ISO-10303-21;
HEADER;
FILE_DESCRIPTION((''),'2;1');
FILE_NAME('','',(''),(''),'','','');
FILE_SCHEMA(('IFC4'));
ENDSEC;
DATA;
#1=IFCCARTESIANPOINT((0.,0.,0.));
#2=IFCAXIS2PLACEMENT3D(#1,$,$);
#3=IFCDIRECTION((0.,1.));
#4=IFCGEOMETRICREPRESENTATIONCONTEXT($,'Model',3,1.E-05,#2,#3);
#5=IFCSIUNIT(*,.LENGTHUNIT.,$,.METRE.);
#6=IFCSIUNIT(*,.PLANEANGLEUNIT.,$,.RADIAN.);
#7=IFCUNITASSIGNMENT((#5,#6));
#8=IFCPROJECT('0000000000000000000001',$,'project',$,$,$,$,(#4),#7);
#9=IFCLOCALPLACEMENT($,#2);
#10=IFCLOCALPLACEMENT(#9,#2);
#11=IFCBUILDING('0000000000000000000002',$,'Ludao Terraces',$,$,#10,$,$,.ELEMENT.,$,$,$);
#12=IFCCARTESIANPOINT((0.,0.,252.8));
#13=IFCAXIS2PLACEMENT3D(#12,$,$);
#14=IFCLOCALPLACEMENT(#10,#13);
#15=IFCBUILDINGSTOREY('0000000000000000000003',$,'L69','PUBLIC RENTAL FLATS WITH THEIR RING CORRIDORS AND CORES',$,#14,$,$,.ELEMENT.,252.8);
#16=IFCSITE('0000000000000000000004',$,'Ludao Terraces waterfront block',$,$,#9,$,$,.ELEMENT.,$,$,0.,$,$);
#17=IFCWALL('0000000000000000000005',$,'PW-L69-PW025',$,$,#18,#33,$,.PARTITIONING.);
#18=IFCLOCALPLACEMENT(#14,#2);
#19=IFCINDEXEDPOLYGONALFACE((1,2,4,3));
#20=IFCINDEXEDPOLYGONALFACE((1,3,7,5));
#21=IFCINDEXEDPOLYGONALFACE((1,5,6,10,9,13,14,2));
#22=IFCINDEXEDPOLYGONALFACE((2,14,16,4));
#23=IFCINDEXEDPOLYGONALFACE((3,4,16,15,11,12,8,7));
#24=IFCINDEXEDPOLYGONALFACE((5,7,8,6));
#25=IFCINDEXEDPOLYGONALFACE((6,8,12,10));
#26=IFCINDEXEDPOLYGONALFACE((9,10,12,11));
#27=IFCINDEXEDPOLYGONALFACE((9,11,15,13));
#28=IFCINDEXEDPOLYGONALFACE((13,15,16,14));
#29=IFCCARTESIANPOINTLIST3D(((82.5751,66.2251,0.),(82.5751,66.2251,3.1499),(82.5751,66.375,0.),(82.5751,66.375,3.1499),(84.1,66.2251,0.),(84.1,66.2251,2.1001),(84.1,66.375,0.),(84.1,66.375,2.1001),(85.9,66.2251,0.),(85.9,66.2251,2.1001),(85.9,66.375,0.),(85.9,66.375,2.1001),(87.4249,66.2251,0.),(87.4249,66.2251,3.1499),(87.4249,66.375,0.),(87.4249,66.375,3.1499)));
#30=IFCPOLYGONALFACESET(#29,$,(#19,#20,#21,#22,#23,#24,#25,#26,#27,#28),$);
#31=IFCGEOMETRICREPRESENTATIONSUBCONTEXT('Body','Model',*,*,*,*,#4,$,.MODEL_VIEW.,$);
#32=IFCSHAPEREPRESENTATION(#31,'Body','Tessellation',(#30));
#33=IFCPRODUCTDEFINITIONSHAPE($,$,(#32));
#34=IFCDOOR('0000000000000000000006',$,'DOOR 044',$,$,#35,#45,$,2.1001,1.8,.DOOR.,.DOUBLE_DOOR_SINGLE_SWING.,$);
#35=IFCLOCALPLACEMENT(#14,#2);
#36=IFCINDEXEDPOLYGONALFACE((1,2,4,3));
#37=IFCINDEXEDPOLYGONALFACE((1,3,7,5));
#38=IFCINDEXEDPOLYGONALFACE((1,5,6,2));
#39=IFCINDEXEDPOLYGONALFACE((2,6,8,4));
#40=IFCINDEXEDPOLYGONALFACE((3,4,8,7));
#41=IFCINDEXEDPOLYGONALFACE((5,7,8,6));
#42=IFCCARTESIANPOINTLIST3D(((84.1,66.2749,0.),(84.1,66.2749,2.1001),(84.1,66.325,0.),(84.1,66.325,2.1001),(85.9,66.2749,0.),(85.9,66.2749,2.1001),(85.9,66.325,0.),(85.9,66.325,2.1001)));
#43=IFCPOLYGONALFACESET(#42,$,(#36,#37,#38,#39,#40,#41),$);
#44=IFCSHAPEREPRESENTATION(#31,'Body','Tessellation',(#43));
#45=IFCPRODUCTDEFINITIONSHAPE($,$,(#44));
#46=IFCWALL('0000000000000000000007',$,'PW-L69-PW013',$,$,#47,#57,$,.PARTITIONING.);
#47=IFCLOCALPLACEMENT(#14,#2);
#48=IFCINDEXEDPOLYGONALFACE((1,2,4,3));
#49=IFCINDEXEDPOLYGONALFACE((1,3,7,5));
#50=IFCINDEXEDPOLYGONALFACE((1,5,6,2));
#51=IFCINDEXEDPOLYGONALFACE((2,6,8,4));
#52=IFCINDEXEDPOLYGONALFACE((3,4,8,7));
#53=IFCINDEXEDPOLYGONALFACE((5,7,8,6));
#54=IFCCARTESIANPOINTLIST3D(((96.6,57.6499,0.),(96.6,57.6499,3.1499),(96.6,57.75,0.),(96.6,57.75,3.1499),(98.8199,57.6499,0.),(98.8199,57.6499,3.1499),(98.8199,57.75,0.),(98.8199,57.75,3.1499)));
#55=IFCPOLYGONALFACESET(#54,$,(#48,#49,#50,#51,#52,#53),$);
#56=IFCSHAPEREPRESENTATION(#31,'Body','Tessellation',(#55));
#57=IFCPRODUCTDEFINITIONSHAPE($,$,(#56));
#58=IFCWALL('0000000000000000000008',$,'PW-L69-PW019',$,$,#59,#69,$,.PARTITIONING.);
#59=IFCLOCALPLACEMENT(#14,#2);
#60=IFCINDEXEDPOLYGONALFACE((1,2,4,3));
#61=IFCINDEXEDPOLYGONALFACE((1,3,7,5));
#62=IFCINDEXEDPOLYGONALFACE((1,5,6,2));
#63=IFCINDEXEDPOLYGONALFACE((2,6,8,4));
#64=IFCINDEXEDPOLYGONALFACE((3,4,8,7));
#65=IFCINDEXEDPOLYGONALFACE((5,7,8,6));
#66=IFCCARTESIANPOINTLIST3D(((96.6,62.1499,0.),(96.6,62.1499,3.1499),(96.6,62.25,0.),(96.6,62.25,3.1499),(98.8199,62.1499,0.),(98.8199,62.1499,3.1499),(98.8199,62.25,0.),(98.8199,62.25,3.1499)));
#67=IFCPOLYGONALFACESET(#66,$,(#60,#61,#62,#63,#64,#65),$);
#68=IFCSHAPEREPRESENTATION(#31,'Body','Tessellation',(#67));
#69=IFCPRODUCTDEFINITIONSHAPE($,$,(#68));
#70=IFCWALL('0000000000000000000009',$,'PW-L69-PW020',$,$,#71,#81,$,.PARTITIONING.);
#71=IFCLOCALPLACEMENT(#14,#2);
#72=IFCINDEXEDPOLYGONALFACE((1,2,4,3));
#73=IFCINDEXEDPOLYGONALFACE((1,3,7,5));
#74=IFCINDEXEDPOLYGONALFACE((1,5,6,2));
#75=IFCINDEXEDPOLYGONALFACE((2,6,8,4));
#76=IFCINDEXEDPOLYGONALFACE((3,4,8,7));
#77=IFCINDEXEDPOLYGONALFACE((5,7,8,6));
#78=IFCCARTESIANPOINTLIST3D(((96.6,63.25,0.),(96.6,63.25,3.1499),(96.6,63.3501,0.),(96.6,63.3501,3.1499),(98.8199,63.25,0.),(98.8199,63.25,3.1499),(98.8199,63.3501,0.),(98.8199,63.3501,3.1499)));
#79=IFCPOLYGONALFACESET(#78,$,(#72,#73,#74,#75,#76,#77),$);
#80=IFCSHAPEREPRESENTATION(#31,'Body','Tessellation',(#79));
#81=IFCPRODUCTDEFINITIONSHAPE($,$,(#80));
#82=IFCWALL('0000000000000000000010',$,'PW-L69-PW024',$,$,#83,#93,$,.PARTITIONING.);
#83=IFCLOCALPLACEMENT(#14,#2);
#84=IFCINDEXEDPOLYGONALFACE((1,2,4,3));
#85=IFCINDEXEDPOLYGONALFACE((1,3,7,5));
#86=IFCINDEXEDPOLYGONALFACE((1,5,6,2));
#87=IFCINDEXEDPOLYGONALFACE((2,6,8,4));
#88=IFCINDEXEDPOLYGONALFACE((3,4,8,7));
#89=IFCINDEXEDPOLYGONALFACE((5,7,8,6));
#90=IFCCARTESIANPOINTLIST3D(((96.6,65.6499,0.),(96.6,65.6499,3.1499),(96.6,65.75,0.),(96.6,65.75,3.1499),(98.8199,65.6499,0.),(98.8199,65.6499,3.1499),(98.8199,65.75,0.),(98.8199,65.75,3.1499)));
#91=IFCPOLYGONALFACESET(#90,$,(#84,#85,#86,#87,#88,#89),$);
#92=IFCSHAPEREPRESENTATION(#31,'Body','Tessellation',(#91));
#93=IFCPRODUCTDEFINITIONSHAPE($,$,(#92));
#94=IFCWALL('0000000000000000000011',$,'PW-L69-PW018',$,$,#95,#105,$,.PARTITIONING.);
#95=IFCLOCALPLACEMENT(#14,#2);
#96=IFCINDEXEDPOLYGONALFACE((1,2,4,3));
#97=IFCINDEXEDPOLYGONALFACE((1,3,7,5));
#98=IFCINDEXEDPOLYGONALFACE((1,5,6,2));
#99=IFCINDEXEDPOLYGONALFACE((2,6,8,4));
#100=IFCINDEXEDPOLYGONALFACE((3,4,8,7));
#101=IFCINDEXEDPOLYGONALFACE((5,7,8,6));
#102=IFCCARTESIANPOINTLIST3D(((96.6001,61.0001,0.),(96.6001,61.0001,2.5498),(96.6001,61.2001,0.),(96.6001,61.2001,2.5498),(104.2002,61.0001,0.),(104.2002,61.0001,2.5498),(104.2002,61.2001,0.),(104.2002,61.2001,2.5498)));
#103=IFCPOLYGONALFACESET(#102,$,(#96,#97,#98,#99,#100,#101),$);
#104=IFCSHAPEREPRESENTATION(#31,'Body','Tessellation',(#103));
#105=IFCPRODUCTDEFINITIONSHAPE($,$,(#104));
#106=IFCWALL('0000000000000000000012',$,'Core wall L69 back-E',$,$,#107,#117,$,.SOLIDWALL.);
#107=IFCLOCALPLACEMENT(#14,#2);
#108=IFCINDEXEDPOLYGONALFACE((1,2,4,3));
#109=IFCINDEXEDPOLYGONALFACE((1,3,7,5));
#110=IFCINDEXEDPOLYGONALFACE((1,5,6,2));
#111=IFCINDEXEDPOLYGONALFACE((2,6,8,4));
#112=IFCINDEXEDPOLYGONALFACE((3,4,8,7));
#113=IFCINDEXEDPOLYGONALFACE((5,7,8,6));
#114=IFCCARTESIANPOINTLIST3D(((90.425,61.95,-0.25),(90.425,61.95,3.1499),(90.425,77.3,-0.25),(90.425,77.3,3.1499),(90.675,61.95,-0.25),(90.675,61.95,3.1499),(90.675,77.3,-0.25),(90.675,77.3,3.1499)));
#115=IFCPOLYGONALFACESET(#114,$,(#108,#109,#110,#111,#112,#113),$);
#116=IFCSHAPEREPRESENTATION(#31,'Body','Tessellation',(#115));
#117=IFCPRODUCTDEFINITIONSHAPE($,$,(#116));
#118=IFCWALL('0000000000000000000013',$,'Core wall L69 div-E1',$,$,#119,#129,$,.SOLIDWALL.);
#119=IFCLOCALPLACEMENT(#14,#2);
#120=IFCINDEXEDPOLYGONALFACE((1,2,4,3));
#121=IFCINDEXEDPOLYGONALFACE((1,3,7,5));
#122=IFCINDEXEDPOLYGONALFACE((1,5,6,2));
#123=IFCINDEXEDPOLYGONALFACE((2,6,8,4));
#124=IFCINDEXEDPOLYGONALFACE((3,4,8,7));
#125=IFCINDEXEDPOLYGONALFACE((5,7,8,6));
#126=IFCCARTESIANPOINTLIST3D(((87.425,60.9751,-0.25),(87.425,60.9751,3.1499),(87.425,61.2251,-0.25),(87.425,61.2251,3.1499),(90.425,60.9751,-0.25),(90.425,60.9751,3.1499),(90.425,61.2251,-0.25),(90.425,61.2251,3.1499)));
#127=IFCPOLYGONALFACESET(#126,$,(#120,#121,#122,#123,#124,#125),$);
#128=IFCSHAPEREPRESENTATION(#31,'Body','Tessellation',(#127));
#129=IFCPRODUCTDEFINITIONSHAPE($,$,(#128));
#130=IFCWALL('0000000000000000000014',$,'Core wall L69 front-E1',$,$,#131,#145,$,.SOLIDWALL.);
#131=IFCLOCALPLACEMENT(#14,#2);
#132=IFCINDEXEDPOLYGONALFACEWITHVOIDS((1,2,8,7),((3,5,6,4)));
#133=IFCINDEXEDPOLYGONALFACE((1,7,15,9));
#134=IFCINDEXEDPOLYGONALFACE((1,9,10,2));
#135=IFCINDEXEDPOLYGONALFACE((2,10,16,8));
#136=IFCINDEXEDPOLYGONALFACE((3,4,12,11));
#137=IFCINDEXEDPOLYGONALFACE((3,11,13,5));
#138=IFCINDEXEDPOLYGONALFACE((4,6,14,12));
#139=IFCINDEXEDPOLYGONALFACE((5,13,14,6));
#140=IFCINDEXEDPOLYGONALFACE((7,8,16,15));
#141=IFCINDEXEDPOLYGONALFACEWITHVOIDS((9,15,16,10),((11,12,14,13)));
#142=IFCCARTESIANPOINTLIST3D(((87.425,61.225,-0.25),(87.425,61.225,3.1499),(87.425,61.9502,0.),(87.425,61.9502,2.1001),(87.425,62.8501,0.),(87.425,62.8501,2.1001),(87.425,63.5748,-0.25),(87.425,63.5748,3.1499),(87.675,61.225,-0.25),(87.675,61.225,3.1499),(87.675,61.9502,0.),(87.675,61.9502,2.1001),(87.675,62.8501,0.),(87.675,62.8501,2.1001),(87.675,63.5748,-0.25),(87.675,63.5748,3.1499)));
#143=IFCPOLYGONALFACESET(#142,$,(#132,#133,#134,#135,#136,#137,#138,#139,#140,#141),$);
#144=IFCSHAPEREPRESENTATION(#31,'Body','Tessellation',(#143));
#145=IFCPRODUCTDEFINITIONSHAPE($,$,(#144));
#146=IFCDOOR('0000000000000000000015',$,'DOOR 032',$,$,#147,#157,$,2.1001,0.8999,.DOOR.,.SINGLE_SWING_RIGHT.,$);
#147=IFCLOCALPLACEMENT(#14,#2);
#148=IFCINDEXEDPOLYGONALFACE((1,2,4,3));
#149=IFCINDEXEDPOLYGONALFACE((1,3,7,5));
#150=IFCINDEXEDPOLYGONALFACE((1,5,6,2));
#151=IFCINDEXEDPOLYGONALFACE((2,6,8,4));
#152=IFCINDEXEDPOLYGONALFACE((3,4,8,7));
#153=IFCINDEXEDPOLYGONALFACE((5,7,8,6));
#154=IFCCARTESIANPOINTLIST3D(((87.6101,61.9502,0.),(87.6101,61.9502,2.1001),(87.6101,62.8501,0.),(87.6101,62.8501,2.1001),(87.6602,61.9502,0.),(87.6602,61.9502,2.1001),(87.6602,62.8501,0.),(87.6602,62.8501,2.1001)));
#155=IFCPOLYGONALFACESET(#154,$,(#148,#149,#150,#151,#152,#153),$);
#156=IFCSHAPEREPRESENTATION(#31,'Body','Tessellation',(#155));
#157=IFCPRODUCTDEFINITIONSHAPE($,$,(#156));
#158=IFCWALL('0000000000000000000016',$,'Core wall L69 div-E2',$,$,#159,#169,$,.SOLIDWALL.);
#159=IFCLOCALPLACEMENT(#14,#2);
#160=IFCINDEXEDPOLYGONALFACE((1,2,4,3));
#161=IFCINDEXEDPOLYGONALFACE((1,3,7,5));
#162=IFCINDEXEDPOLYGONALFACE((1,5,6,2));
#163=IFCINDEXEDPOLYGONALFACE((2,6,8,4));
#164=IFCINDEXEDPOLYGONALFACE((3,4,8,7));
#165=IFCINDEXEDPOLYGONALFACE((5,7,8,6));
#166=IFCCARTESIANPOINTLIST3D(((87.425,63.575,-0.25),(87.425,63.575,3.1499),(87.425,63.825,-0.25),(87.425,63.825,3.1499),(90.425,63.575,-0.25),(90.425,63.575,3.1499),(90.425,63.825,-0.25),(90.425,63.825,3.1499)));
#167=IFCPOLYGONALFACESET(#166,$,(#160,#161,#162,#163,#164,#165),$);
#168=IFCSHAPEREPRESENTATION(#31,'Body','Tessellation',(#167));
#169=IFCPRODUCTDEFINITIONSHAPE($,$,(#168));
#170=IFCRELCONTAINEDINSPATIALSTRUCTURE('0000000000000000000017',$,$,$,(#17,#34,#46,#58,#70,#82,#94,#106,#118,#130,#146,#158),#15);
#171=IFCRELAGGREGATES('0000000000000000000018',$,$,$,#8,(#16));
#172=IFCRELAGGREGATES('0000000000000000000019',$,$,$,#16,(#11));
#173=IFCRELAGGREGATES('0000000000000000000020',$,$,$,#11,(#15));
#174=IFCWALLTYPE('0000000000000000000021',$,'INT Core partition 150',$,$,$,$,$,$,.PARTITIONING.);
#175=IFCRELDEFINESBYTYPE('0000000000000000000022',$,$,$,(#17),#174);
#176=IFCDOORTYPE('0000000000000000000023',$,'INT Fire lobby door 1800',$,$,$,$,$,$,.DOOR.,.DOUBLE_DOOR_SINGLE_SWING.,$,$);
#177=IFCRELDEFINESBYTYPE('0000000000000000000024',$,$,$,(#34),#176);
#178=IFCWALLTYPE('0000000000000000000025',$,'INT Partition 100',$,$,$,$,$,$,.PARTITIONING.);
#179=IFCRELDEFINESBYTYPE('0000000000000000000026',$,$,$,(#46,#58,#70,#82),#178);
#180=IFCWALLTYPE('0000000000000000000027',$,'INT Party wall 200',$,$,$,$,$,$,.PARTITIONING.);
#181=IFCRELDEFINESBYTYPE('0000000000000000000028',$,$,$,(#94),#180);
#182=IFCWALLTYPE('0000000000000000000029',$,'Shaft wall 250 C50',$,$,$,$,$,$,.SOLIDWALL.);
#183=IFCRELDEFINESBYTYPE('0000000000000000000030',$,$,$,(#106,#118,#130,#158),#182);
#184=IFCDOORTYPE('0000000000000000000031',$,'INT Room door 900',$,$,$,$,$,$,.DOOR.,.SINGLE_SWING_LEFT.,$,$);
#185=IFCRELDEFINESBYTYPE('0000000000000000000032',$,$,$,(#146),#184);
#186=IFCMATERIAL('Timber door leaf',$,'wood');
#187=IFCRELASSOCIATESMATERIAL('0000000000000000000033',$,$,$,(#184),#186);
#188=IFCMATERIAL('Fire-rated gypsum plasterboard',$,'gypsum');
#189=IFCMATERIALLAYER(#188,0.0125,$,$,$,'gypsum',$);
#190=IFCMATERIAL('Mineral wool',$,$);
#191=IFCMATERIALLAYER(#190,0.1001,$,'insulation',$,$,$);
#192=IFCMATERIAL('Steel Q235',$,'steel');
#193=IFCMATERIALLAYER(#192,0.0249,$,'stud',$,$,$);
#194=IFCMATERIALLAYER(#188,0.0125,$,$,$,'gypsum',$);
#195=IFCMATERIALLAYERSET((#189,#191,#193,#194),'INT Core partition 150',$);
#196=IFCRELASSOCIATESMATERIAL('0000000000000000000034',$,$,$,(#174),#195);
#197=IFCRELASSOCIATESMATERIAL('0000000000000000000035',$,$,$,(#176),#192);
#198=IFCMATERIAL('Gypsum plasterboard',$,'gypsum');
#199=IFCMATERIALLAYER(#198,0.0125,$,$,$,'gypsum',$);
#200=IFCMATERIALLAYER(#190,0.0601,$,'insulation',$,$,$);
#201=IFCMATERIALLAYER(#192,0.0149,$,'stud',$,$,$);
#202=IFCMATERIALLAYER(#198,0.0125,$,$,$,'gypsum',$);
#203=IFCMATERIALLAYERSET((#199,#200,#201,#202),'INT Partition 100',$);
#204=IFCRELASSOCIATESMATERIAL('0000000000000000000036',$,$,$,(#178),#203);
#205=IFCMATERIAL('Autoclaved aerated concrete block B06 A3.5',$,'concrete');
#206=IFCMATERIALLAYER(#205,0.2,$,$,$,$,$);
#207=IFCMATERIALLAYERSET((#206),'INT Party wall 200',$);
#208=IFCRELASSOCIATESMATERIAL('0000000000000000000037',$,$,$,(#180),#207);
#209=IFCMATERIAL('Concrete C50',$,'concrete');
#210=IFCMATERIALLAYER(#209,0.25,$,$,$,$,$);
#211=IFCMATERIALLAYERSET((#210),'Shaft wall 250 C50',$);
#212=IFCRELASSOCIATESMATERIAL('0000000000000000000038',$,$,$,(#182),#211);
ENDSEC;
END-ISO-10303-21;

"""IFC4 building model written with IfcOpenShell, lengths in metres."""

from ifc_helpers import new_model, si_unit, direction, frame, frame_2d, origin, place, context, subcontext, project, spatial, rectangle, extrude, material, layer, layer_set, type_object, element, fill, save


model = new_model("IFC4")

# Units and contexts
model_context = context("Model", 3, precision=1e-05, world=origin(), true_north=direction((0.0, 1.0)))
body_context = subcontext(model_context, "Body", "Model", "MODEL_VIEW")
ifc_project = project(units=[si_unit("LENGTHUNIT", "METRE"), si_unit("PLANEANGLEUNIT", "RADIAN")], contexts=[model_context])

# Site, building, storey
site_placement = place(None, origin())
site = spatial("IfcSite", under=ifc_project, at=site_placement, Name="Ludao Terraces waterfront block", CompositionType="ELEMENT", RefElevation=0.0)
building_placement = place(site_placement, origin())
building = spatial("IfcBuilding", under=site, at=building_placement, Name="Ludao Terraces", CompositionType="ELEMENT")
storey_placement = place(building_placement, frame((0.0, 0.0, 252.8)))
storey = spatial("IfcBuildingStorey", under=building, at=storey_placement, Name="L69", Description="PUBLIC RENTAL FLATS WITH THEIR RING CORRIDORS AND CORES", CompositionType="ELEMENT", Elevation=252.8)

# Shared definitions
ifc_material_1 = material(Name="Concrete C50", Category="concrete")
ifc_material_2 = material(Name="Steel Q235", Category="steel")
ifc_material_3 = material(Name="Timber door leaf", Category="wood")
door_type_1 = type_object("IfcDoorType", Name="INT Room door 900", OperationType="SINGLE_SWING_LEFT", PredefinedType="DOOR", material=ifc_material_3)

# Wall, opening, door
ifc_material_4 = material(Name="Fire-rated gypsum plasterboard", Category="gypsum")
ifc_layer_1 = layer(ifc_material_4, 0.0125, Category="gypsum")
ifc_material_5 = material(Name="Mineral wool")
ifc_layer_2 = layer(ifc_material_5, 0.1001, Name="insulation")
ifc_layer_3 = layer(ifc_material_2, 0.0249, Name="stud")
ifc_layer_4 = layer(ifc_material_4, 0.0125, Category="gypsum")
ifc_layer_set_1 = layer_set([ifc_layer_1, ifc_layer_2, ifc_layer_3, ifc_layer_4], Name="INT Core partition 150")
wall_type_1 = type_object("IfcWallType", Name="INT Core partition 150", PredefinedType="PARTITIONING", material=ifc_layer_set_1)
door_type_2 = type_object("IfcDoorType", Name="INT Fire lobby door 1800", OperationType="DOUBLE_DOOR_SINGLE_SWING", PredefinedType="DOOR", material=ifc_material_2)
wall_1_placement = place(storey_placement, frame((82.5752, 66.3, 0.0), z_axis=(0.0, 0.0, 1.0), x_axis=(1.0, 0.0, 0.0)))
wall_1 = element("IfcWall", 1, at=wall_1_placement, inside=storey, type_object=wall_type_1, Name="PW-L69-PW025", PredefinedType="PARTITIONING", context=body_context, shape_type="SweptSolid", body=[
    extrude(rectangle(XDim=4.8499, YDim=0.1499, at=frame_2d((2.4248, 0.0))), origin(), (0.0, 0.0, 1.0), 3.1499),
])
opening_1_placement = place(wall_1_placement, frame((1.5249, 0.0, 0.0)))
opening_1 = element("IfcOpeningElement", 2, at=opening_1_placement, cuts=wall_1, PredefinedType="OPENING", context=body_context, shape_type="SweptSolid", body=[
    extrude(rectangle(XDim=1.8, YDim=2.1001, at=frame_2d((0.8999, 1.05))), frame((0.0, 0.085, 0.0), z_axis=(0.0, -1.0, 0.0), x_axis=(1.0, 0.0, 0.0)), (0.0, 0.0, 1.0), 0.1699),
])
door_1_placement = place(opening_1_placement, origin())
door_1 = element("IfcDoor", 3, at=door_1_placement, inside=storey, type_object=door_type_2, Name="DOOR 044", OperationType="DOUBLE_DOOR_SINGLE_SWING", OverallHeight=2.1001, OverallWidth=1.8, PredefinedType="DOOR", context=body_context, shape_type="SweptSolid", body=[
    extrude(rectangle(XDim=1.8, YDim=2.1001, at=frame_2d((0.8999, 1.05))), frame((0.0, 0.0249, 0.0), z_axis=(0.0, -1.0, 0.0), x_axis=(1.0, 0.0, 0.0)), (0.0, 0.0, 1.0), 0.05),
])
fill(opening_1, door_1)

# Walls
ifc_material_6 = material(Name="Gypsum plasterboard", Category="gypsum")
ifc_layer_5 = layer(ifc_material_6, 0.0125, Category="gypsum")
ifc_layer_6 = layer(ifc_material_5, 0.0601, Name="insulation")
ifc_layer_7 = layer(ifc_material_2, 0.0149, Name="stud")
ifc_layer_8 = layer(ifc_material_6, 0.0125, Category="gypsum")
ifc_layer_set_2 = layer_set([ifc_layer_5, ifc_layer_6, ifc_layer_7, ifc_layer_8], Name="INT Partition 100")
wall_type_2 = type_object("IfcWallType", Name="INT Partition 100", PredefinedType="PARTITIONING", material=ifc_layer_set_2)
for number, where, z_axis, x_axis, name in (
    (4, (96.6001, 57.7, 0.0), (0.0, 0.0, 1.0), (1.0, 0.0, 0.0), "PW-L69-PW013"),
    (5, (96.6001, 62.2, 0.0), (0.0, 0.0, 1.0), (1.0, 0.0, 0.0), "PW-L69-PW019"),
    (6, (96.6001, 63.3, 0.0), (0.0, 0.0, 1.0), (1.0, 0.0, 0.0), "PW-L69-PW020"),
    (7, (96.6001, 65.7, 0.0), (0.0, 0.0, 1.0), (1.0, 0.0, 0.0), "PW-L69-PW024"),
):
    element("IfcWall", number, at=place(storey_placement, frame(where, z_axis=z_axis, x_axis=x_axis)), inside=storey, type_object=wall_type_2, Name=name, PredefinedType="PARTITIONING", context=body_context, shape_type="SweptSolid", body=[
        extrude(rectangle(XDim=2.22, YDim=0.1001, at=frame_2d((1.1099, 0.0))), origin(), (0.0, 0.0, 1.0), 3.1499),
    ])
ifc_material_7 = material(Name="Autoclaved aerated concrete block B06 A3.5", Category="concrete")
ifc_layer_9 = layer(ifc_material_7, 0.2)
ifc_layer_set_3 = layer_set([ifc_layer_9], Name="INT Party wall 200")
wall_type_3 = type_object("IfcWallType", Name="INT Party wall 200", PredefinedType="PARTITIONING", material=ifc_layer_set_3)
wall_2_placement = place(storey_placement, frame((96.6001, 61.1001, 0.0), z_axis=(0.0, 0.0, 1.0), x_axis=(1.0, 0.0, 0.0)))
element("IfcWall", 8, at=wall_2_placement, inside=storey, type_object=wall_type_3, Name="PW-L69-PW018", PredefinedType="PARTITIONING", context=body_context, shape_type="SweptSolid", body=[
    extrude(rectangle(XDim=7.6001, YDim=0.2, at=frame_2d((3.8, 0.0))), origin(), (0.0, 0.0, 1.0), 2.5498),
])
ifc_layer_10 = layer(ifc_material_1, 0.25)
ifc_layer_set_4 = layer_set([ifc_layer_10], Name="Shaft wall 250 C50")
wall_type_4 = type_object("IfcWallType", Name="Shaft wall 250 C50", PredefinedType="SOLIDWALL", material=ifc_layer_set_4)
wall_3_placement = place(storey_placement, frame((90.55, 61.95, -0.25), z_axis=(0.0, 0.0, 1.0), x_axis=(0.0, 1.0, 0.0)))
element("IfcWall", 9, at=wall_3_placement, inside=storey, type_object=wall_type_4, Name="Core wall L69 back-E", PredefinedType="SOLIDWALL", context=body_context, shape_type="SweptSolid", body=[
    extrude(rectangle(XDim=15.3501, YDim=0.25, at=frame_2d((7.675, 0.0))), origin(), (0.0, 0.0, 1.0), 3.3999),
])
wall_4_placement = place(storey_placement, frame((87.425, 61.1001, -0.25), z_axis=(0.0, 0.0, 1.0), x_axis=(1.0, 0.0, 0.0)))
element("IfcWall", 10, at=wall_4_placement, inside=storey, type_object=wall_type_4, Name="Core wall L69 div-E1", PredefinedType="SOLIDWALL", context=body_context, shape_type="SweptSolid", body=[
    extrude(rectangle(XDim=3.0, YDim=0.25, at=frame_2d((1.5, 0.0))), origin(), (0.0, 0.0, 1.0), 3.3999),
])

# Wall, opening, door
wall_5_placement = place(storey_placement, frame((87.55, 61.2251, -0.25), z_axis=(0.0, 0.0, 1.0), x_axis=(0.0, 1.0, 0.0)))
wall_5 = element("IfcWall", 11, at=wall_5_placement, inside=storey, type_object=wall_type_4, Name="Core wall L69 front-E1", PredefinedType="SOLIDWALL", context=body_context, shape_type="SweptSolid", body=[
    extrude(rectangle(XDim=2.3499, YDim=0.25, at=frame_2d((1.1748, 0.0))), origin(), (0.0, 0.0, 1.0), 3.3999),
])
opening_2_placement = place(wall_5_placement, frame((0.7251, 0.0, 0.25)))
opening_2 = element("IfcOpeningElement", 12, at=opening_2_placement, cuts=wall_5, PredefinedType="OPENING", context=body_context, shape_type="SweptSolid", body=[
    extrude(rectangle(XDim=0.8999, YDim=2.1001, at=frame_2d((0.45, 1.05))), frame((0.0, 0.135, 0.0), z_axis=(0.0, -1.0, 0.0), x_axis=(1.0, 0.0, 0.0)), (0.0, 0.0, 1.0), 0.27),
])
door_2_placement = place(opening_2_placement, origin())
door_2 = element("IfcDoor", 13, at=door_2_placement, inside=storey, type_object=door_type_1, Name="DOOR 032", OperationType="SINGLE_SWING_RIGHT", OverallHeight=2.1001, OverallWidth=0.8999, PredefinedType="DOOR", context=body_context, shape_type="SweptSolid", body=[
    extrude(rectangle(XDim=0.8999, YDim=2.1001, at=frame_2d((0.45, 1.05))), frame((0.0, -0.0601, 0.0), z_axis=(0.0, -1.0, 0.0), x_axis=(1.0, 0.0, 0.0)), (0.0, 0.0, 1.0), 0.05),
])
fill(opening_2, door_2)

# Wall
wall_6_placement = place(storey_placement, frame((87.425, 63.7, -0.25), z_axis=(0.0, 0.0, 1.0), x_axis=(1.0, 0.0, 0.0)))
element("IfcWall", 14, at=wall_6_placement, inside=storey, type_object=wall_type_4, Name="Core wall L69 div-E2", PredefinedType="SOLIDWALL", context=body_context, shape_type="SweptSolid", body=[
    extrude(rectangle(XDim=3.0, YDim=0.25, at=frame_2d((1.5, 0.0))), origin(), (0.0, 0.0, 1.0), 3.3999),
])

save(model, "model.ifc")
